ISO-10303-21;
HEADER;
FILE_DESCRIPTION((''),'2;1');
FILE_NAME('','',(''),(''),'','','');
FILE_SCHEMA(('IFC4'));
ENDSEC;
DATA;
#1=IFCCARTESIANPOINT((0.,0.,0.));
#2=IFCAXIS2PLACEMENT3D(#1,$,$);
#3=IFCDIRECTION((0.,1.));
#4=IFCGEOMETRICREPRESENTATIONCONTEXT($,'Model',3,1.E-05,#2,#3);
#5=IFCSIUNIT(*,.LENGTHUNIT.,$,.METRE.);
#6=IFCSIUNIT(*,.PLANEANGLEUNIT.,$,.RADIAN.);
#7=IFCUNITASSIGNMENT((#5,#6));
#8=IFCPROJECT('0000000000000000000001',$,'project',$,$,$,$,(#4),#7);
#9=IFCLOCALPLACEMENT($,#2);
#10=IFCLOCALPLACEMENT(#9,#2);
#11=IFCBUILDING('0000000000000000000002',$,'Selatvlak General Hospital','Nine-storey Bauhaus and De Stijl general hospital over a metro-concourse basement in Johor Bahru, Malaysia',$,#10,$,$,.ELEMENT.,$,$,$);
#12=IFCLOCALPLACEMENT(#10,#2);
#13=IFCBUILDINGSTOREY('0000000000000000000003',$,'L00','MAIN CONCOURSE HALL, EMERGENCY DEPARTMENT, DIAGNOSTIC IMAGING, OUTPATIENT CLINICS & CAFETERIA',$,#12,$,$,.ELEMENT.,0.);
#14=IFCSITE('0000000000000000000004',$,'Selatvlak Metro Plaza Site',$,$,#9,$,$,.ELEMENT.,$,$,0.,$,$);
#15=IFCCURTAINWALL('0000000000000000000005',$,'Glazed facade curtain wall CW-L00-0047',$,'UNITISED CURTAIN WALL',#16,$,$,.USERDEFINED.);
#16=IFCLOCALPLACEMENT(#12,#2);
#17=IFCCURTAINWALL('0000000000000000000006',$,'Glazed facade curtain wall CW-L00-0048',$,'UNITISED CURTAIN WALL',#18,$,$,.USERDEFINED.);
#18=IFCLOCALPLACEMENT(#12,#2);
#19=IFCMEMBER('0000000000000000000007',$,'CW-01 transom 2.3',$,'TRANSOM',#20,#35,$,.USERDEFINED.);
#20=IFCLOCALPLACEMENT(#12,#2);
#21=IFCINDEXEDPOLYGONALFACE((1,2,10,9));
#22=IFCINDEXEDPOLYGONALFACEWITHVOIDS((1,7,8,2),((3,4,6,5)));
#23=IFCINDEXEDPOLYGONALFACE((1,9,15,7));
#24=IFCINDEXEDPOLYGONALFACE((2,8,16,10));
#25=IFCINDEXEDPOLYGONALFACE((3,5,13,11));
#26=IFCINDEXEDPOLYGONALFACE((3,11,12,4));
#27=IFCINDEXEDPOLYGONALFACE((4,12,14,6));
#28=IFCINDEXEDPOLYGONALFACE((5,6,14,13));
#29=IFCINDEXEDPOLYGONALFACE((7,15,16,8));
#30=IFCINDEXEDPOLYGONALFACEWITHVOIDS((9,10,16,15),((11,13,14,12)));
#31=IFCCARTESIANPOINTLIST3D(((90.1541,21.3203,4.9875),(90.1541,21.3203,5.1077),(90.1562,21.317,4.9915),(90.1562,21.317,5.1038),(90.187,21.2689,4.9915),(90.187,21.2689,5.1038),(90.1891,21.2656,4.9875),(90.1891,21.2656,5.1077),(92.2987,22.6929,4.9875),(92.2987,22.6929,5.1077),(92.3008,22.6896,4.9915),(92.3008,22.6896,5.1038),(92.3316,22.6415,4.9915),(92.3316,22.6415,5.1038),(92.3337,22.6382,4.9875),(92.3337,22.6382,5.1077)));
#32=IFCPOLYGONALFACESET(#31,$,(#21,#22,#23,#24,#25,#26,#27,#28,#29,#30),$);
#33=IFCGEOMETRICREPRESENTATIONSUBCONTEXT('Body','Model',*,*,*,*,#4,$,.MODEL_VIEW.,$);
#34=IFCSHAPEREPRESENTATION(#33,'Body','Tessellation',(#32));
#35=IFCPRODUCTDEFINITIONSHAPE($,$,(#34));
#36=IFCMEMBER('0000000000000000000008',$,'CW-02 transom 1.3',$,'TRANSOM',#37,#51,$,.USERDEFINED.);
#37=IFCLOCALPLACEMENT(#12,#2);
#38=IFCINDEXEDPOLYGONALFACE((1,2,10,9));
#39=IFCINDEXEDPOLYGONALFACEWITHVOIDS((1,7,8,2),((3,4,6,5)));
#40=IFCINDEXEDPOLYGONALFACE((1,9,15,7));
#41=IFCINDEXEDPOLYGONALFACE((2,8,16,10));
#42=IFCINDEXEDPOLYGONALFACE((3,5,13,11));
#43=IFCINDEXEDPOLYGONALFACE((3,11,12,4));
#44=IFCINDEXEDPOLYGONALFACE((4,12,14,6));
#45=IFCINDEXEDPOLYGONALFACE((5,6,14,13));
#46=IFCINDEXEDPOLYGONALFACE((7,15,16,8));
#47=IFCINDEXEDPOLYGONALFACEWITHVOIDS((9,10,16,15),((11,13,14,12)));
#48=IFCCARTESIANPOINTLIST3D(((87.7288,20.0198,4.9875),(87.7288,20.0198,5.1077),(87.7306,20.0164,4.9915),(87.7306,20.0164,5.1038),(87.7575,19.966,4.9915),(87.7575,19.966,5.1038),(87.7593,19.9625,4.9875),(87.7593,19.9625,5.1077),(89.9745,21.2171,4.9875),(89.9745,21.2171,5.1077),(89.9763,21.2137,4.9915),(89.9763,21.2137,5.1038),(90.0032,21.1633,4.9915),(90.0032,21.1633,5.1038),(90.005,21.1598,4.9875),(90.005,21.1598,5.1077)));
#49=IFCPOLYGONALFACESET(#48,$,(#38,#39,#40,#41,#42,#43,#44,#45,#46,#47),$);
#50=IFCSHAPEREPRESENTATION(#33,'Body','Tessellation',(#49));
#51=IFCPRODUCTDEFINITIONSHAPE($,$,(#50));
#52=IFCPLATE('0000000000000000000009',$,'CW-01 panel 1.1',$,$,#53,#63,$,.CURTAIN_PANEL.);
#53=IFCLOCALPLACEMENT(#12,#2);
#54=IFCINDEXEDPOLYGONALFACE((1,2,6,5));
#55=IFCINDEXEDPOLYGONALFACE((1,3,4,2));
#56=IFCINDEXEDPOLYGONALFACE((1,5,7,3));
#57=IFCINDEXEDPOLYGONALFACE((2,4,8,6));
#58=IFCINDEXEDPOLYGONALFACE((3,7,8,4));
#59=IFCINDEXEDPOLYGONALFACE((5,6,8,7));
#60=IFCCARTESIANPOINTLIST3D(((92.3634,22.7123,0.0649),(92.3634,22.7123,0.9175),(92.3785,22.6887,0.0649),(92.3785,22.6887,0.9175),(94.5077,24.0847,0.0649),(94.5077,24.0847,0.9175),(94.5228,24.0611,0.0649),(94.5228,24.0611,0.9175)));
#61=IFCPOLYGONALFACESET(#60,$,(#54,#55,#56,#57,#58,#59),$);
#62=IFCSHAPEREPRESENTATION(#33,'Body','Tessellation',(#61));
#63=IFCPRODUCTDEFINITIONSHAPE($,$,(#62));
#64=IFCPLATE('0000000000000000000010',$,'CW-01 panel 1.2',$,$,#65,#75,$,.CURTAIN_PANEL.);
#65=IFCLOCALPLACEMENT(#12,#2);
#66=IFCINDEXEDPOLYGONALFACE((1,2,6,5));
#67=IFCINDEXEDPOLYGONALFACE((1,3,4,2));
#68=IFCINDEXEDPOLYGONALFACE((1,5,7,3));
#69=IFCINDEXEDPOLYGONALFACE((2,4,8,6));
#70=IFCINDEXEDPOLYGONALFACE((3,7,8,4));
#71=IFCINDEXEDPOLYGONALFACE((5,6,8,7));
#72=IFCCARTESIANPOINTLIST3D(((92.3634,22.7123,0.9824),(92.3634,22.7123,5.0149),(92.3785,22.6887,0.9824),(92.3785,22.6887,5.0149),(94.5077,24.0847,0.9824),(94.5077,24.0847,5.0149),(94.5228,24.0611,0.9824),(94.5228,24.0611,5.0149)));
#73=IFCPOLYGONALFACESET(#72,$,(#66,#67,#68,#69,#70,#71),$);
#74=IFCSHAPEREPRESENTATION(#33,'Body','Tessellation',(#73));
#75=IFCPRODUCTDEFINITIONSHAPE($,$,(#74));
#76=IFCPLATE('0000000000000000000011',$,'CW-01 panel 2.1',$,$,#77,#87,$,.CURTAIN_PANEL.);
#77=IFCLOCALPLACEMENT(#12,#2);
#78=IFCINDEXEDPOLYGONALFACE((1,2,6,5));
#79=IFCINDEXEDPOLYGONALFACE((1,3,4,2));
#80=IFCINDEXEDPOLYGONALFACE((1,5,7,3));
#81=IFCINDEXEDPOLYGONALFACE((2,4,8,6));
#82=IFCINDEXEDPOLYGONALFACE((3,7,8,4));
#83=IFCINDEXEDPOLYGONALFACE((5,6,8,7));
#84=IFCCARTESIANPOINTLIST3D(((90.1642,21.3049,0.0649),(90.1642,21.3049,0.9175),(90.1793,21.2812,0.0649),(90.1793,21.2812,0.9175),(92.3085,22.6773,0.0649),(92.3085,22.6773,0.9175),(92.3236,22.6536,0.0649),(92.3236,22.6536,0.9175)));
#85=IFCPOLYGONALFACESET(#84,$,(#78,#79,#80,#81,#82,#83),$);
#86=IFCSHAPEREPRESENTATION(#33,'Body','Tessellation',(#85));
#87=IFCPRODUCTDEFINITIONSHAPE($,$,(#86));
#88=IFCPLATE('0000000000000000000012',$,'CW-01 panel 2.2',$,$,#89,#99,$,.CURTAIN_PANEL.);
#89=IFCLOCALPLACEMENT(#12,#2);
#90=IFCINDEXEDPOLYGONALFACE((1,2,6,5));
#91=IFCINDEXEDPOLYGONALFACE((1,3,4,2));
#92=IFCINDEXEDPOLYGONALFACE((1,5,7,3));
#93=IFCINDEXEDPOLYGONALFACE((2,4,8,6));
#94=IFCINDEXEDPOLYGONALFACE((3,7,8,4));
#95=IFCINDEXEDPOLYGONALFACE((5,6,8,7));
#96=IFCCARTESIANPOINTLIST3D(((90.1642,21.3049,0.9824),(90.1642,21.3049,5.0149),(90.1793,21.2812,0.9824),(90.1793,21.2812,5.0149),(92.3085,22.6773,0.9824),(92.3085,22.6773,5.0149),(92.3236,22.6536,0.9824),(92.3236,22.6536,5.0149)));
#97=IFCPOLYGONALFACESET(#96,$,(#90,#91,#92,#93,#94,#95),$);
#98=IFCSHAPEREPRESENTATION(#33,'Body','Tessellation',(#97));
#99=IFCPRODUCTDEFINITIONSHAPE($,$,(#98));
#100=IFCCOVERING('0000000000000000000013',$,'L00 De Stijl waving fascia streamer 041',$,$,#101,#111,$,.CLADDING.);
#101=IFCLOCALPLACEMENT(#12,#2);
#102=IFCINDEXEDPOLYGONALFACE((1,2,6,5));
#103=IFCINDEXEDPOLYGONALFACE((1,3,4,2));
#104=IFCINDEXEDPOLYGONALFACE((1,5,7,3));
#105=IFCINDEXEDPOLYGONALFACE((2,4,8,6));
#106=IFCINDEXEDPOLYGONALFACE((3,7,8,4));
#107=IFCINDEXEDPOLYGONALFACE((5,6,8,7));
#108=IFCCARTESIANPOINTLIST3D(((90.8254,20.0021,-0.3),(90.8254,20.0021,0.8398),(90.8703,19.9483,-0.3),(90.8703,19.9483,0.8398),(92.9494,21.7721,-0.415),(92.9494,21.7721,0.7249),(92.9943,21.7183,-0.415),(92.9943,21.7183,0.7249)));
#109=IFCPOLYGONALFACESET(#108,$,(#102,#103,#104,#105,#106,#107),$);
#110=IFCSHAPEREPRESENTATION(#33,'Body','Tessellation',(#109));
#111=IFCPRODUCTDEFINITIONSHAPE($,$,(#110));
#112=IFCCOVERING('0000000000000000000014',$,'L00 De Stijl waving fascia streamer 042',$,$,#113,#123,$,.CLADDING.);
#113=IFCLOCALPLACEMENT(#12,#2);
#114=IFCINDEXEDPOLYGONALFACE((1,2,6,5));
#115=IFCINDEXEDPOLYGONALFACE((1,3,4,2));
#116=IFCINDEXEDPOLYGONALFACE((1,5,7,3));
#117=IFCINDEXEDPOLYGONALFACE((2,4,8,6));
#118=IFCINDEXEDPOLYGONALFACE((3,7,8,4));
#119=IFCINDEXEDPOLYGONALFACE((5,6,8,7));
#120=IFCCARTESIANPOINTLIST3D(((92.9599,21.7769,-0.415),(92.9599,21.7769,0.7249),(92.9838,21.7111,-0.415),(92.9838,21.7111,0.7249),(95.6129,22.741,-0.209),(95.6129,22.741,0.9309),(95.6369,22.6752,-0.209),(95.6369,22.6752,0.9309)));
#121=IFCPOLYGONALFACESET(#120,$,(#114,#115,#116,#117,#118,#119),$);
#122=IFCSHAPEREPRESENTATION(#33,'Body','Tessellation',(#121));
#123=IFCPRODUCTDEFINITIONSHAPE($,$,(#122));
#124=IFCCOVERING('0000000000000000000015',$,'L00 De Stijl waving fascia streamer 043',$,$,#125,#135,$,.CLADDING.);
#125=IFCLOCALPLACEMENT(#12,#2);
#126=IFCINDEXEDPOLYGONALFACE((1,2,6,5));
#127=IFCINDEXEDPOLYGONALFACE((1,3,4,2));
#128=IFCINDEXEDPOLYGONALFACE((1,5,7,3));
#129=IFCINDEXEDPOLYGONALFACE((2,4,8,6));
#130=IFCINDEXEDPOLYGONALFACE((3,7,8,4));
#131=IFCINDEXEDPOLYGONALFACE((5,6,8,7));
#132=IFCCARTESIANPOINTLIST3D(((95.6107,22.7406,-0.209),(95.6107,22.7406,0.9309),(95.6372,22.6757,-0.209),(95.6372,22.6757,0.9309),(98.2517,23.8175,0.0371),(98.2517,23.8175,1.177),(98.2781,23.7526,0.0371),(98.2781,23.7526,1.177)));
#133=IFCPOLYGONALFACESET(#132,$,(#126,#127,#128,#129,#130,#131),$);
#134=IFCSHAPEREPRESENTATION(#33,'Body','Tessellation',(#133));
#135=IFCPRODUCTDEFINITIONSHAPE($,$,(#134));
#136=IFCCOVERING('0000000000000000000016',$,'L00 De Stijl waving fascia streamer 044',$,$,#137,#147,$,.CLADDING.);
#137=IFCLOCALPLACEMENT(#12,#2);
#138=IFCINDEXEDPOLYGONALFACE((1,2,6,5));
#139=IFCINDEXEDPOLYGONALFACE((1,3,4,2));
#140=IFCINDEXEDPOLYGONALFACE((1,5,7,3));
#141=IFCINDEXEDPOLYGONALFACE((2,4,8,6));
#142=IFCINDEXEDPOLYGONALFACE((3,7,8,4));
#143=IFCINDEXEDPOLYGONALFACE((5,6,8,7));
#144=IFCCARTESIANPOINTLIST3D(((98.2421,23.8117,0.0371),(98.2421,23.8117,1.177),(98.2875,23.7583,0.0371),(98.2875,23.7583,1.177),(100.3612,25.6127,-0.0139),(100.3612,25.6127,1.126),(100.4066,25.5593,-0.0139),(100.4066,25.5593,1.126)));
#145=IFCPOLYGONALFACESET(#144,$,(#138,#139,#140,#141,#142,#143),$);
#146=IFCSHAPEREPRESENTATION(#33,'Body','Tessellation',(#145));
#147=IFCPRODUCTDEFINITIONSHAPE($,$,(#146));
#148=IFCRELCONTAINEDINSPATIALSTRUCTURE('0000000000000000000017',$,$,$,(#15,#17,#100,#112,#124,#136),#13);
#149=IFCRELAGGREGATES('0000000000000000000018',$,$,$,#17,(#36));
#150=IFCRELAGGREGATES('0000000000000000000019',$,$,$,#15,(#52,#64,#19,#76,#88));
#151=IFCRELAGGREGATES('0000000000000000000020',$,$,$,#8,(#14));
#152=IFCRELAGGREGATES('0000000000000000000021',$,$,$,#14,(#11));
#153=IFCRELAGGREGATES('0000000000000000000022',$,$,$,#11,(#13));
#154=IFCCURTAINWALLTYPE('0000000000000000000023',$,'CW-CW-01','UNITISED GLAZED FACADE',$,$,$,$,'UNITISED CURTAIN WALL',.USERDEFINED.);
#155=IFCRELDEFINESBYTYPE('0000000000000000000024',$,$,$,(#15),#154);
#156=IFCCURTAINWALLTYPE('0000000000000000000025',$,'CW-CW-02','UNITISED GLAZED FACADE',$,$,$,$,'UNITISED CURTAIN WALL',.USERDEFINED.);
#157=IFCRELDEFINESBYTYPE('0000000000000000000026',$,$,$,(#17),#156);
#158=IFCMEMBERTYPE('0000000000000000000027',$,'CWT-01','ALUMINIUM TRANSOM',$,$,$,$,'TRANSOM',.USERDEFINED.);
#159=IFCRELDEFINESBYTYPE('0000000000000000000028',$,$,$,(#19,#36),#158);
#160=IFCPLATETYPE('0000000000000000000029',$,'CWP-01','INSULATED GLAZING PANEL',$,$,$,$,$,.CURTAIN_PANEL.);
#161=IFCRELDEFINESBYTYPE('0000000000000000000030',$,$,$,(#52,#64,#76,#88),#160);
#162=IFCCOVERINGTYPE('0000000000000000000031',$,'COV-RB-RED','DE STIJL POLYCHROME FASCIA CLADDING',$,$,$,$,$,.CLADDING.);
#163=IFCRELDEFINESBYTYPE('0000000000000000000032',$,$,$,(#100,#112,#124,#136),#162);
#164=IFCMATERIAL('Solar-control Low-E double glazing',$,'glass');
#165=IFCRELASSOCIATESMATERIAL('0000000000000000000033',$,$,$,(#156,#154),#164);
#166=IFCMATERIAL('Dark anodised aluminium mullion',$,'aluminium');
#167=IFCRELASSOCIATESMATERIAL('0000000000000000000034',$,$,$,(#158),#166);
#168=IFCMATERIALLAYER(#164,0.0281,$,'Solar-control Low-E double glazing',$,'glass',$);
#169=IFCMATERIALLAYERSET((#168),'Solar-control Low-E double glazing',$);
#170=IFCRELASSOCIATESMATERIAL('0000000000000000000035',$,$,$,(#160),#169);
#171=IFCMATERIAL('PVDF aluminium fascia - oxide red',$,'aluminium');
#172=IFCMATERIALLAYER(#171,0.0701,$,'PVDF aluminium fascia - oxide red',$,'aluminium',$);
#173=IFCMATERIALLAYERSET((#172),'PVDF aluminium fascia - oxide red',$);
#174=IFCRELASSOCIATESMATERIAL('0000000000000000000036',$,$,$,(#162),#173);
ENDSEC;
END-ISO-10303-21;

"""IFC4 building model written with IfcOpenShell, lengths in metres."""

from ifc_helpers import new_model, si_unit, direction, frame, origin, origin_2d, place, context, subcontext, project, spatial, polyline, rectangle, hollow_rectangle, outline, extrude, material, layer, layer_set, material_profile, profile_set, type_object, element, aggregate, save


model = new_model("IFC4")

# Units and contexts
model_context = context("Model", 3, precision=1e-05, world=origin(), true_north=direction((0.0, 1.0)))
body_context = subcontext(model_context, "Body", "Model", "MODEL_VIEW")
ifc_project = project(units=[si_unit("LENGTHUNIT", "METRE"), si_unit("PLANEANGLEUNIT", "RADIAN")], contexts=[model_context])

# Site, building, storey
site_placement = place(None, origin())
site = spatial("IfcSite", under=ifc_project, at=site_placement, Name="Selatvlak Metro Plaza Site", CompositionType="ELEMENT", RefElevation=0.0)
building_placement = place(site_placement, origin())
building = spatial("IfcBuilding", under=site, at=building_placement, Name="Selatvlak General Hospital", Description="Nine-storey Bauhaus and De Stijl general hospital over a metro-concourse basement in Johor Bahru, Malaysia", CompositionType="ELEMENT")
storey_placement = place(building_placement, origin())
storey = spatial("IfcBuildingStorey", under=building, at=storey_placement, Name="L00", Description="MAIN CONCOURSE HALL, EMERGENCY DEPARTMENT, DIAGNOSTIC IMAGING, OUTPATIENT CLINICS & CAFETERIA", CompositionType="ELEMENT", Elevation=0.0)

# Shared definitions
ifc_material_1 = material(Name="Solar-control Low-E double glazing", Category="glass")
curtain_wall_type_1 = type_object("IfcCurtainWallType", Name="CW-CW-02", Description="UNITISED GLAZED FACADE", ElementType="UNITISED CURTAIN WALL", PredefinedType="USERDEFINED", material=ifc_material_1)
ifc_material_2 = material(Name="Dark anodised aluminium mullion", Category="aluminium")

# Curtain wall
curtain_wall_type_2 = type_object("IfcCurtainWallType", Name="CW-CW-01", Description="UNITISED GLAZED FACADE", ElementType="UNITISED CURTAIN WALL", PredefinedType="USERDEFINED", material=ifc_material_1)
curtain_wall_1_placement = place(storey_placement, origin())
curtain_wall_1 = element("IfcCurtainWall", 1, at=curtain_wall_1_placement, inside=storey, type_object=curtain_wall_type_2, Name="Glazed facade curtain wall CW-L00-0047", ObjectType="UNITISED CURTAIN WALL", PredefinedType="USERDEFINED")

# Curtain wall
curtain_wall_2_placement = place(storey_placement, origin())
curtain_wall_2 = element("IfcCurtainWall", 2, at=curtain_wall_2_placement, inside=storey, type_object=curtain_wall_type_1, Name="Glazed facade curtain wall CW-L00-0048", ObjectType="UNITISED CURTAIN WALL", PredefinedType="USERDEFINED")

# Members
ifc_material_profile_1 = material_profile(ifc_material_2, hollow_rectangle(XDim=0.0649, YDim=0.1201, WallThickness=0.0039, at=origin_2d()), Name="AL-TRN 65x120x4")
ifc_profile_set_1 = profile_set([ifc_material_profile_1], Name="Dark anodised aluminium mullion")
member_type_1 = type_object("IfcMemberType", Name="CWT-01", Description="ALUMINIUM TRANSOM", ElementType="TRANSOM", PredefinedType="USERDEFINED", material=ifc_profile_set_1)
member_1_placement = place(storey_placement, frame((92.3162, 22.6655, 5.0476), z_axis=(-0.842261, -0.53907, 0.0), x_axis=(0.53907, -0.842261, 0.0)))
member_1 = element("IfcMember", 3, at=member_1_placement, type_object=member_type_1, Name="CW-01 transom 2.3", ObjectType="TRANSOM", PredefinedType="USERDEFINED", context=body_context, shape_type="SweptSolid", body=[
    extrude(hollow_rectangle(XDim=0.0649, YDim=0.1201, WallThickness=0.0039, at=origin_2d()), origin(), (0.0, 0.0, 1.0), 2.5461),
])
member_2_placement = place(storey_placement, frame((89.9897, 21.1885, 5.0476), z_axis=(-0.882417, -0.470469, 0.0), x_axis=(0.470469, -0.882417, 0.0)))
member_2 = element("IfcMember", 4, at=member_2_placement, type_object=member_type_1, Name="CW-02 transom 1.3", ObjectType="TRANSOM", PredefinedType="USERDEFINED", context=body_context, shape_type="SweptSolid", body=[
    extrude(hollow_rectangle(XDim=0.0649, YDim=0.1201, WallThickness=0.0039, at=origin_2d()), origin(), (0.0, 0.0, 1.0), 2.5449),
])
aggregate(curtain_wall_2, [member_2])

# Plates
ifc_layer_1 = layer(ifc_material_1, 0.0281, Name="Solar-control Low-E double glazing", Category="glass")
ifc_layer_set_1 = layer_set([ifc_layer_1], Name="Solar-control Low-E double glazing")
plate_type = type_object("IfcPlateType", Name="CWP-01", Description="INSULATED GLAZING PANEL", PredefinedType="CURTAIN_PANEL", material=ifc_layer_set_1)
plate_1_placement = place(storey_placement, frame((93.4431, 23.3867, 0.0649), z_axis=(0.0, 0.0, 1.0), x_axis=(-0.842265, -0.539064, 0.0)))
plate_1 = element("IfcPlate", 5, at=plate_1_placement, type_object=plate_type, Name="CW-01 panel 1.1", PredefinedType="CURTAIN_PANEL", context=body_context, shape_type="SweptSolid", body=[
    extrude(rectangle(XDim=2.5459, YDim=0.0281, at=origin_2d()), origin(), (0.0, 0.0, 1.0), 0.8525),
])
plate_2_placement = place(storey_placement, frame((93.4431, 23.3867, 0.9824), z_axis=(0.0, 0.0, 1.0), x_axis=(-0.842265, -0.539064, 0.0)))
plate_2 = element("IfcPlate", 6, at=plate_2_placement, type_object=plate_type, Name="CW-01 panel 1.2", PredefinedType="CURTAIN_PANEL", context=body_context, shape_type="SweptSolid", body=[
    extrude(rectangle(XDim=2.5459, YDim=0.0281, at=origin_2d()), origin(), (0.0, 0.0, 1.0), 4.0325),
])
plate_3_placement = place(storey_placement, frame((91.2439, 21.9792, 0.0649), z_axis=(0.0, 0.0, 1.0), x_axis=(-0.842265, -0.539064, 0.0)))
plate_3 = element("IfcPlate", 7, at=plate_3_placement, type_object=plate_type, Name="CW-01 panel 2.1", PredefinedType="CURTAIN_PANEL", context=body_context, shape_type="SweptSolid", body=[
    extrude(rectangle(XDim=2.5459, YDim=0.0281, at=origin_2d()), origin(), (0.0, 0.0, 1.0), 0.8525),
])
plate_4_placement = place(storey_placement, frame((91.2439, 21.9792, 0.9824), z_axis=(0.0, 0.0, 1.0), x_axis=(-0.842265, -0.539064, 0.0)))
plate_4 = element("IfcPlate", 8, at=plate_4_placement, type_object=plate_type, Name="CW-01 panel 2.2", PredefinedType="CURTAIN_PANEL", context=body_context, shape_type="SweptSolid", body=[
    extrude(rectangle(XDim=2.5459, YDim=0.0281, at=origin_2d()), origin(), (0.0, 0.0, 1.0), 4.0325),
])
aggregate(curtain_wall_1, [plate_1, plate_2, member_1, plate_3, plate_4])

# Coverings
ifc_material_3 = material(Name="PVDF aluminium fascia - oxide red", Category="aluminium")
ifc_layer_2 = layer(ifc_material_3, 0.0701, Name="PVDF aluminium fascia - oxide red", Category="aluminium")
ifc_layer_set_2 = layer_set([ifc_layer_2], Name="PVDF aluminium fascia - oxide red")
covering_type = type_object("IfcCoveringType", Name="COV-RB-RED", Description="DE STIJL POLYCHROME FASCIA CLADDING", PredefinedType="CLADDING", material=ifc_layer_set_2)
covering_1_placement = place(storey_placement, frame((90.8479, 19.9751, -0.3), z_axis=(0.0, 0.0, 1.0), x_axis=(0.768221, 0.640184, 0.0)))
element("IfcCovering", 9, at=covering_1_placement, inside=storey, type_object=covering_type, Name="L00 De Stijl waving fascia streamer 041", PredefinedType="CLADDING", context=body_context, shape_type="SweptSolid", body=[
    extrude(outline(polyline([(0.0, 0.0), (2.7649, -0.115), (2.7649, 1.0249), (0.0, 1.1399), (0.0, 0.0)])), frame((0.0, 0.0352, 0.0), z_axis=(0.0, -1.0, 0.0), x_axis=(1.0, 0.0, 0.0)), (0.0, 0.0, 1.0), 0.0701),
])
covering_2_placement = place(storey_placement, frame((92.9719, 21.7439, -0.415), z_axis=(0.0, 0.0, 1.0), x_axis=(0.939867, 0.341542, 0.0)))
element("IfcCovering", 10, at=covering_2_placement, inside=storey, type_object=covering_type, Name="L00 De Stijl waving fascia streamer 042", PredefinedType="CLADDING", context=body_context, shape_type="SweptSolid", body=[
    extrude(outline(polyline([(0.0, 0.0), (2.8228, 0.2061), (2.8228, 1.3459), (0.0, 1.1399), (0.0, 0.0)])), frame((0.0, 0.0352, 0.0), z_axis=(0.0, -1.0, 0.0), x_axis=(1.0, 0.0, 0.0)), (0.0, 0.0, 1.0), 0.0701),
])
covering_3_placement = place(storey_placement, frame((95.624, 22.708, -0.209), z_axis=(0.0, 0.0, 1.0), x_axis=(0.92597, 0.377596, 0.0)))
element("IfcCovering", 11, at=covering_3_placement, inside=storey, type_object=covering_type, Name="L00 De Stijl waving fascia streamer 043", PredefinedType="CLADDING", context=body_context, shape_type="SweptSolid", body=[
    extrude(outline(polyline([(0.0, 0.0), (2.8521, 0.2461), (2.8521, 1.386), (0.0, 1.1399), (0.0, 0.0)])), frame((0.0, 0.0352, 0.0), z_axis=(0.0, -1.0, 0.0), x_axis=(1.0, 0.0, 0.0)), (0.0, 0.0, 1.0), 0.0701),
])
covering_4_placement = place(storey_placement, frame((98.2649, 23.7849, 0.0371), z_axis=(0.0, 0.0, 1.0), x_axis=(0.761983, 0.647597, 0.0)))
element("IfcCovering", 12, at=covering_4_placement, inside=storey, type_object=covering_type, Name="L00 De Stijl waving fascia streamer 044", PredefinedType="CLADDING", context=body_context, shape_type="SweptSolid", body=[
    extrude(outline(polyline([(0.0, 0.0), (2.781, -0.051), (2.781, 1.0889), (0.0, 1.1399), (0.0, 0.0)])), frame((0.0, 0.0352, 0.0), z_axis=(0.0, -1.0, 0.0), x_axis=(1.0, 0.0, 0.0)), (0.0, 0.0, 1.0), 0.0701),
])

save(model, "model.ifc")
